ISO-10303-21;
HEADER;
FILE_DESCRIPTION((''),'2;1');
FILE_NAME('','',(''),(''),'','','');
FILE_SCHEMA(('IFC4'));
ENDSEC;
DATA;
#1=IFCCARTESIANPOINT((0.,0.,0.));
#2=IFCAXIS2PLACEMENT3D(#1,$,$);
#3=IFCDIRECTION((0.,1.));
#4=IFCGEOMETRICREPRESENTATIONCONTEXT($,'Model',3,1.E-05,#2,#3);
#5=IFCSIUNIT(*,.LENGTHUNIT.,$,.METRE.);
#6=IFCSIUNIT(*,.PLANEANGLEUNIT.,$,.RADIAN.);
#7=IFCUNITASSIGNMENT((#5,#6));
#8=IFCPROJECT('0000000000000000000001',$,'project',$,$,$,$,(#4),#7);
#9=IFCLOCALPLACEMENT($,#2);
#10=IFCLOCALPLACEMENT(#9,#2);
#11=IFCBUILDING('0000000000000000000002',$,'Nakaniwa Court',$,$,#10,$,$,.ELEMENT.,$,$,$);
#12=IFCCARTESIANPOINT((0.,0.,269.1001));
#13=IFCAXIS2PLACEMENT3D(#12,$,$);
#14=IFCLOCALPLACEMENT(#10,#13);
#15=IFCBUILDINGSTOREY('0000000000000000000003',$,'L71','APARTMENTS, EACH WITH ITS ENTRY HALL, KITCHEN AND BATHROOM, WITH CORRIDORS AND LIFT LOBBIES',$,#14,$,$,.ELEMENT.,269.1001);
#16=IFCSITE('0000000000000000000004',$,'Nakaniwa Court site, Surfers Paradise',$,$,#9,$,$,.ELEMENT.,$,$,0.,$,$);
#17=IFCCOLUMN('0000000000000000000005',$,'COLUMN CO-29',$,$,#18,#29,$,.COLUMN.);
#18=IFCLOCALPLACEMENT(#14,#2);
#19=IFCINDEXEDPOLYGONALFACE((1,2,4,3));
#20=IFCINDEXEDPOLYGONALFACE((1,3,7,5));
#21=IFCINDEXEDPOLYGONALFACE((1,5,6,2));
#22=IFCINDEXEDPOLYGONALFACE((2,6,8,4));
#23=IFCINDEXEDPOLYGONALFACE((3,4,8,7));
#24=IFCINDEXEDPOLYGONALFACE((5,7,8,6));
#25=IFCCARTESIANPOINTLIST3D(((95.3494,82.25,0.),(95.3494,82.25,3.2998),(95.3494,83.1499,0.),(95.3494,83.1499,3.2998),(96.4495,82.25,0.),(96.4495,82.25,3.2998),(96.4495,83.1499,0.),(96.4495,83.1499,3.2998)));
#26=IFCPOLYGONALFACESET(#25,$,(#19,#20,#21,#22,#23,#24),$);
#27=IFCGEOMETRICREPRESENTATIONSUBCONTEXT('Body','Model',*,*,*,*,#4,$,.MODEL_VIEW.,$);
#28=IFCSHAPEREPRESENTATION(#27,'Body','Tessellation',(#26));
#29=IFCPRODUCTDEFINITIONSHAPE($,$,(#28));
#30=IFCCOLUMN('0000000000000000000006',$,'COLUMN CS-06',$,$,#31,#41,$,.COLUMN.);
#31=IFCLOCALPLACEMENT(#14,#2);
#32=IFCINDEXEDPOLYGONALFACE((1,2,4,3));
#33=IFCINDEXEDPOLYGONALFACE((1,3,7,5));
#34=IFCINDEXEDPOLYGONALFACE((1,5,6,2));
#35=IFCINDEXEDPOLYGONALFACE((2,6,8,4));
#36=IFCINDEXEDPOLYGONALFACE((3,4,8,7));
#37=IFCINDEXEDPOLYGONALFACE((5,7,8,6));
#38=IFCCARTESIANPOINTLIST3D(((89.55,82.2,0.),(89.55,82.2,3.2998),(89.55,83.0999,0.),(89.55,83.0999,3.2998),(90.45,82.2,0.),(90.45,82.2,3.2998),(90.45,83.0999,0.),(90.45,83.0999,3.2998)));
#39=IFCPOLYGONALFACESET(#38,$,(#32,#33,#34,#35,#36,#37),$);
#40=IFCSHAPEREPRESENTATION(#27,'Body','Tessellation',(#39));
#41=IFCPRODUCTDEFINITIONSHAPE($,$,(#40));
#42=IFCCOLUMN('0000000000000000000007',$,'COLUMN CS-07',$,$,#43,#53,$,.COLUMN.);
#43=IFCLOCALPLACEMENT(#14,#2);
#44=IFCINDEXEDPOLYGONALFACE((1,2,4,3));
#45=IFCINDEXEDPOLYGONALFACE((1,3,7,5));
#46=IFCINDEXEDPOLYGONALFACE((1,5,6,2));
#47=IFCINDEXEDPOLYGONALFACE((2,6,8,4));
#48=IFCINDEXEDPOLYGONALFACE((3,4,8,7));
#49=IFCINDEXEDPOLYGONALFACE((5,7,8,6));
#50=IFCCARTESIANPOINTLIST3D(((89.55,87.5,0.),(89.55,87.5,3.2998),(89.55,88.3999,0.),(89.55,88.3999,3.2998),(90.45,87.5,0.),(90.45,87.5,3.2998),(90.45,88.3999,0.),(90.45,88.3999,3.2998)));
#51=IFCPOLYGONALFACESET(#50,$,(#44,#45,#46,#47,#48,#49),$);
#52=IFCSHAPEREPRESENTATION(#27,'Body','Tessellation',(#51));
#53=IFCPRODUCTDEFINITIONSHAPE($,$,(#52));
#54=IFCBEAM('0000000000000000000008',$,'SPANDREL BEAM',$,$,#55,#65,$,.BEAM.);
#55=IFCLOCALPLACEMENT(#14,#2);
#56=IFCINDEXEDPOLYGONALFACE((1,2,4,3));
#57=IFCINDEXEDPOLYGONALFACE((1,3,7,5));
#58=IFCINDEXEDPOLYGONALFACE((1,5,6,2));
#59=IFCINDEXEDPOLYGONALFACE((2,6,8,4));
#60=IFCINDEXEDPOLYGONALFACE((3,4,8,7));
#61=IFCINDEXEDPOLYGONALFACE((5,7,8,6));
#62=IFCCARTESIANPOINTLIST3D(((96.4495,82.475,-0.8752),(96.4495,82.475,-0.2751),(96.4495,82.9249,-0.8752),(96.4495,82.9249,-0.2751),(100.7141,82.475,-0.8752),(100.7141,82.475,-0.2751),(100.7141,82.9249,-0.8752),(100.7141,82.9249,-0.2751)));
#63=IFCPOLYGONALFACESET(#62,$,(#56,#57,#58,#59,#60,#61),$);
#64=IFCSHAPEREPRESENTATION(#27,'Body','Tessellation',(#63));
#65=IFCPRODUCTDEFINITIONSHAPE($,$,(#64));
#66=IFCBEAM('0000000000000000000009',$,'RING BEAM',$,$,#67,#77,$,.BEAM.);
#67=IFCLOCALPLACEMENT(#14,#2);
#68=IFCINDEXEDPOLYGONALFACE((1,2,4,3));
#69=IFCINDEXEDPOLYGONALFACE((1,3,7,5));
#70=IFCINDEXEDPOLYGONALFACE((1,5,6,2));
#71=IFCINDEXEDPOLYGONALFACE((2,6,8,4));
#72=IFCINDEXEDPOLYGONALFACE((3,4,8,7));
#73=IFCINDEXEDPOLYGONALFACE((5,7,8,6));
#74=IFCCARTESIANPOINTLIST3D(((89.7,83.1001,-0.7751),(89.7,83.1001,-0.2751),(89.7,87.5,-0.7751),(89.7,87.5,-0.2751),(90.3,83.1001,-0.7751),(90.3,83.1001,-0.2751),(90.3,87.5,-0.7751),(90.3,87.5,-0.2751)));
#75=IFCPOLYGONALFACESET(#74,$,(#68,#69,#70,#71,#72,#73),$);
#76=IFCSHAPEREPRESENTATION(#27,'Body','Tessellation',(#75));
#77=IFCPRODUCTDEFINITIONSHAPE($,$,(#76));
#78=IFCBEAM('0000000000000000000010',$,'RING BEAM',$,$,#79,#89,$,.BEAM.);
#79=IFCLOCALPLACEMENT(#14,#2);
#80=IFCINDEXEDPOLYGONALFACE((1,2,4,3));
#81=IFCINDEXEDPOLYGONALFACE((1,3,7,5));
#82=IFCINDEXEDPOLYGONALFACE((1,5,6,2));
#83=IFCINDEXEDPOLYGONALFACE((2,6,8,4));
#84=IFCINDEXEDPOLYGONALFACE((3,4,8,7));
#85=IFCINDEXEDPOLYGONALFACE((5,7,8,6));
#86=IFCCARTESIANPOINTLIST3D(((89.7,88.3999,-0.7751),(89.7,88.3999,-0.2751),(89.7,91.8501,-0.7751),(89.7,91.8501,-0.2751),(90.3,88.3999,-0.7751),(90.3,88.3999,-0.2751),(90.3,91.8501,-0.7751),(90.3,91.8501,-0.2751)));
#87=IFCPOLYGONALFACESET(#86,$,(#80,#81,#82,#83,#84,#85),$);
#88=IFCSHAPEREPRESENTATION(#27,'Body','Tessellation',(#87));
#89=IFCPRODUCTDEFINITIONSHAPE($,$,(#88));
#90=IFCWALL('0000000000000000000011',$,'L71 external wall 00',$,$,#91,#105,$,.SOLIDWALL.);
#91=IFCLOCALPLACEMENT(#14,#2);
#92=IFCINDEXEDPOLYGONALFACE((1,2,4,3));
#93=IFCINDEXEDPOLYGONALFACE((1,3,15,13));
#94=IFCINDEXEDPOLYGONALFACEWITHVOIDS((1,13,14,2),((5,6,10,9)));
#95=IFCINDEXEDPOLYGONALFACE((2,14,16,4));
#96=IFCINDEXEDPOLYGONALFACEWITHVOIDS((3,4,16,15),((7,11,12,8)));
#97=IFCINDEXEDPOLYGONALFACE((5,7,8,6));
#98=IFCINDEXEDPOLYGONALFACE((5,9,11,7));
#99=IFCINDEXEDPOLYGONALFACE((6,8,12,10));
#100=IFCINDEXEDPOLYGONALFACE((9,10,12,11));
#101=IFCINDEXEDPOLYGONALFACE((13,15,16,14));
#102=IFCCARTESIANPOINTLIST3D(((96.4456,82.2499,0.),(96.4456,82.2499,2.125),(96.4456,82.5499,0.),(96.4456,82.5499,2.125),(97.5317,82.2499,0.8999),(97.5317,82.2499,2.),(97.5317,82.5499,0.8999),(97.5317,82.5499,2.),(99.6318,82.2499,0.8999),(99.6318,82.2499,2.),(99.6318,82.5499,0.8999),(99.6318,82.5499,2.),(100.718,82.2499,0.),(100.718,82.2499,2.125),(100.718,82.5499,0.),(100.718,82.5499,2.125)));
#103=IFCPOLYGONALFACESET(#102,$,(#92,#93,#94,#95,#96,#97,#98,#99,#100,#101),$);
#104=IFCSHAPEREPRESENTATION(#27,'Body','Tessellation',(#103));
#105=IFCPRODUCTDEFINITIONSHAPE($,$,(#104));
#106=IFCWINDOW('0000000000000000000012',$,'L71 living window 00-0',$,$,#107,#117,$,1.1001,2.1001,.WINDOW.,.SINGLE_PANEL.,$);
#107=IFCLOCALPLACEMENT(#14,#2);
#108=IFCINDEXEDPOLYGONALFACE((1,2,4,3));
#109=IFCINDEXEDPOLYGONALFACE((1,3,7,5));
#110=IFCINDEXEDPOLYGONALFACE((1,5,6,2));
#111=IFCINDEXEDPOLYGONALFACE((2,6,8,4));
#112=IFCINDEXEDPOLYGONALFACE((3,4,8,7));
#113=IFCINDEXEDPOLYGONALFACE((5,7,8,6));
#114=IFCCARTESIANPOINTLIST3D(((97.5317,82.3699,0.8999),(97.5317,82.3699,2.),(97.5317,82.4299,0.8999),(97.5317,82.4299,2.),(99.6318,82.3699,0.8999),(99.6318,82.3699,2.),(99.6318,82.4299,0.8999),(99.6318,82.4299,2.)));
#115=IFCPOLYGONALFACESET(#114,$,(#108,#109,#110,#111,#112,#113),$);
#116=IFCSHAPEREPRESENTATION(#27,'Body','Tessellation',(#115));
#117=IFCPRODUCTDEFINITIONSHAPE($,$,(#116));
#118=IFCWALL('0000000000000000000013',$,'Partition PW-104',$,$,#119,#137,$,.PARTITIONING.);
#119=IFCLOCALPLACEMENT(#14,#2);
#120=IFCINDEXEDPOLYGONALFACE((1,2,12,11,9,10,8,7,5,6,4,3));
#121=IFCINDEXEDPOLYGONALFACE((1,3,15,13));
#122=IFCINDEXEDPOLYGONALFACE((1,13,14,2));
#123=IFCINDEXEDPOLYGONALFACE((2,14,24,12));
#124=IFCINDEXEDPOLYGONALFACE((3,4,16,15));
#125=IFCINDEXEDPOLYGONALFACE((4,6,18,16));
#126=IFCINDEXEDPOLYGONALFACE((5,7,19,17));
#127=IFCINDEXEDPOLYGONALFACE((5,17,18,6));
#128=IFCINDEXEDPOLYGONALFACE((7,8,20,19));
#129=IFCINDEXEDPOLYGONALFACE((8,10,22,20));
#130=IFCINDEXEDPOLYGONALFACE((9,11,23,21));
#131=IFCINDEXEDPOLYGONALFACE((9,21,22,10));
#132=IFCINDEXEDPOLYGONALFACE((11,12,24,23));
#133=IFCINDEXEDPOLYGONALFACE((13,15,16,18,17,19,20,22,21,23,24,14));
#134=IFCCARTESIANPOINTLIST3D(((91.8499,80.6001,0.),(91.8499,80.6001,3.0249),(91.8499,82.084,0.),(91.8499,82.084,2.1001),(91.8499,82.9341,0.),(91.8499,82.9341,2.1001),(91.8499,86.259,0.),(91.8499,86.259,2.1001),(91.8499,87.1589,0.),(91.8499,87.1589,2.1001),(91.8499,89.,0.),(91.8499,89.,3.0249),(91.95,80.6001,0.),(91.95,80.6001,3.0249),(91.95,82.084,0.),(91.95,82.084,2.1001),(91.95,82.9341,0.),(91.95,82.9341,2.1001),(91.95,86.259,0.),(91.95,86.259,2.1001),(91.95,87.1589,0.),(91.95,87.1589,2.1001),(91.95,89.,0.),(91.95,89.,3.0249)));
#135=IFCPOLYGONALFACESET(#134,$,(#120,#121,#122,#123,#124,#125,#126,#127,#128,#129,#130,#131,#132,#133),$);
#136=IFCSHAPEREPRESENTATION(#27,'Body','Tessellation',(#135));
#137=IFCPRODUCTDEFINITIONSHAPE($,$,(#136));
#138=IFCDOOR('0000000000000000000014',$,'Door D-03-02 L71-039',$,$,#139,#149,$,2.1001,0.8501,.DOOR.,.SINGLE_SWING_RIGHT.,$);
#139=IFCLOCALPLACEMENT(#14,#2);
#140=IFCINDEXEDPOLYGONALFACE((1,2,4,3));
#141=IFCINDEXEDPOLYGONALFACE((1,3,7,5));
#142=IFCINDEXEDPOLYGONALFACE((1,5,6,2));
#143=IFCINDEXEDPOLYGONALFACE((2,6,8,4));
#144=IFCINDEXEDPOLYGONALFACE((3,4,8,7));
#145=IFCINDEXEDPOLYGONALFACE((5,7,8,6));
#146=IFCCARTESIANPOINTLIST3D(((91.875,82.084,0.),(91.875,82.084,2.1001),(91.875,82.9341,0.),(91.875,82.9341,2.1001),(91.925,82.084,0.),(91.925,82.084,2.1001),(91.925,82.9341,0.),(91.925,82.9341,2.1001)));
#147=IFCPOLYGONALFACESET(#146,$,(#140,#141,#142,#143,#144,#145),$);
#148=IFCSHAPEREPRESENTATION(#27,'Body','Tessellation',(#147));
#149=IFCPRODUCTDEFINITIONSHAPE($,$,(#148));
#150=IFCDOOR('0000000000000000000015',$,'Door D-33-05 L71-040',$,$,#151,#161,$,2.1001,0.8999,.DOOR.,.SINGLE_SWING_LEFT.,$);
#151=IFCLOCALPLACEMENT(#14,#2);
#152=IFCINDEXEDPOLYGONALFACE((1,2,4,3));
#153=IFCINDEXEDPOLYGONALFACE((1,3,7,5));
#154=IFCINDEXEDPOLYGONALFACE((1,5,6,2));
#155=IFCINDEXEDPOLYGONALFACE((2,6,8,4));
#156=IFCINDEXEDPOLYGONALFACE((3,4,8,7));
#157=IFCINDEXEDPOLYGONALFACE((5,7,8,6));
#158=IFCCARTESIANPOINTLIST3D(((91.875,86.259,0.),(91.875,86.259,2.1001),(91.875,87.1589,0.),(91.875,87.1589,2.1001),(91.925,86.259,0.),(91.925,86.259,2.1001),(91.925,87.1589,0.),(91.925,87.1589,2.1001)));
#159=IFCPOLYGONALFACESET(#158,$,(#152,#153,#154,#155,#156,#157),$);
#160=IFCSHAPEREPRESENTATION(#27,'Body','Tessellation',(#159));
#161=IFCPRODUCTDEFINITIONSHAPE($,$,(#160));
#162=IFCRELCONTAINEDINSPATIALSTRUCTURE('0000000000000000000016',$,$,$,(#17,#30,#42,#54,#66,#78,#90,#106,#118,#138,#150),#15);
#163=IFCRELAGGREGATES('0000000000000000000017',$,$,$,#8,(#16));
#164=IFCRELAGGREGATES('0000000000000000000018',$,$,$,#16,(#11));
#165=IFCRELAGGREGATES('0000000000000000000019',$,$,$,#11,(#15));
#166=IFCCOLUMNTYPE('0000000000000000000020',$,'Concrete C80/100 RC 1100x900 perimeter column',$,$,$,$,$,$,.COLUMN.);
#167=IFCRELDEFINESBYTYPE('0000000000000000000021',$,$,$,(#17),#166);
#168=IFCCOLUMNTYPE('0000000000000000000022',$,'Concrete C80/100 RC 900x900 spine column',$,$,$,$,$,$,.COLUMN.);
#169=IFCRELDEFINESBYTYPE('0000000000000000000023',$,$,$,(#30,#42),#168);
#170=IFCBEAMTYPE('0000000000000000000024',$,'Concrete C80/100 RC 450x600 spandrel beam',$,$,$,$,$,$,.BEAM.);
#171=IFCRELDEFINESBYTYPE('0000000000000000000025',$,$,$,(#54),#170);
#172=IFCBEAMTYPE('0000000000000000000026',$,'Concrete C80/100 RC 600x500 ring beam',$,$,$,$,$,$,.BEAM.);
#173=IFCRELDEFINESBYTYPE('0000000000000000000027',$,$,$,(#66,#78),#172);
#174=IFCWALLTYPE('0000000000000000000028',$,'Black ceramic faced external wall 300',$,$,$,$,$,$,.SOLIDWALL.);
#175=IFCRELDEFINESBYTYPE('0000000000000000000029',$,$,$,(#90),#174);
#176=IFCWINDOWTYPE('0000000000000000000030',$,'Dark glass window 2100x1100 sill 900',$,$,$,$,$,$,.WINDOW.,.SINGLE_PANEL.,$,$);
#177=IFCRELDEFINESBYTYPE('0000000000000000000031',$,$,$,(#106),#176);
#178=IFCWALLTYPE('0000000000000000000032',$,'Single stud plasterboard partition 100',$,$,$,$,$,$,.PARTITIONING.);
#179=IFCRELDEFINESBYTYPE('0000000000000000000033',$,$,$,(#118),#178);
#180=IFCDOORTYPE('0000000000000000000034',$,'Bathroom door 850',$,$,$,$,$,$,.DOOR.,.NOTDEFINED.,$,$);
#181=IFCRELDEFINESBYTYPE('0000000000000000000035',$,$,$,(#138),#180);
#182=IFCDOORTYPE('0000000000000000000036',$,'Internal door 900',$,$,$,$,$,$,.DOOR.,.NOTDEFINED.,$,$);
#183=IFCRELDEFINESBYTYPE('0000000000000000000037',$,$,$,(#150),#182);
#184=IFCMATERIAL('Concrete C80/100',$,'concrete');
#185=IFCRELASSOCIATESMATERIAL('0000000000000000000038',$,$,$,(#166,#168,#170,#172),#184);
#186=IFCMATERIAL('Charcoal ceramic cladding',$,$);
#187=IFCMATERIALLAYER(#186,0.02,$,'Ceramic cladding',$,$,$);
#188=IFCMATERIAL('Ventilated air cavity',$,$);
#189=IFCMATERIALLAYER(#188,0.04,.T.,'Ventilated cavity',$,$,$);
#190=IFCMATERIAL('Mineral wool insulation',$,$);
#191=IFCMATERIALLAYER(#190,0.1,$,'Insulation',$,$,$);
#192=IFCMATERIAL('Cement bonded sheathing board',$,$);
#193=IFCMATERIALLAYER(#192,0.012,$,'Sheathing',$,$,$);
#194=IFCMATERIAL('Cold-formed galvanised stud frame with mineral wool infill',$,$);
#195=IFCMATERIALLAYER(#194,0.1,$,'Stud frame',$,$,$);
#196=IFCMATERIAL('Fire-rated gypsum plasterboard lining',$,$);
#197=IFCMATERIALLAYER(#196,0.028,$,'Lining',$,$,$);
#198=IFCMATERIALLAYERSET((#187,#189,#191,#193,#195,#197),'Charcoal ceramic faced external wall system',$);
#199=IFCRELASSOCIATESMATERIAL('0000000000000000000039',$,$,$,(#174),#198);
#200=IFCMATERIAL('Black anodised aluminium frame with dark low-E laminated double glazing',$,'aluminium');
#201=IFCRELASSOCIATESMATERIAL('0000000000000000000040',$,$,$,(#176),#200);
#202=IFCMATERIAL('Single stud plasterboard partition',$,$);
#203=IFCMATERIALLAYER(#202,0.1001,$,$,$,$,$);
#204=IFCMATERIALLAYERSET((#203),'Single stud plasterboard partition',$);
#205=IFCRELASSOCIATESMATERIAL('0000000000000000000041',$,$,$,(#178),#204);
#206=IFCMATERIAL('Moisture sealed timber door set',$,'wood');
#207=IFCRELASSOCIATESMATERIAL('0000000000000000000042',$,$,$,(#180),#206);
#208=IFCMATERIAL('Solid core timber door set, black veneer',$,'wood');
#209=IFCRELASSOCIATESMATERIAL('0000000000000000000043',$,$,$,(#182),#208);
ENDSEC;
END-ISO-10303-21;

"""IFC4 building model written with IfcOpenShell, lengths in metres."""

from ifc_helpers import new_model, si_unit, direction, frame, frame_2d, origin, origin_2d, place, context, subcontext, project, spatial, rectangle, extrude, material, layer, layer_set, material_profile, profile_set, type_object, element, fill, save


model = new_model("IFC4")

# Units and contexts
model_context = context("Model", 3, precision=1e-05, world=origin(), true_north=direction((0.0, 1.0)))
body_context = subcontext(model_context, "Body", "Model", "MODEL_VIEW")
ifc_project = project(units=[si_unit("LENGTHUNIT", "METRE"), si_unit("PLANEANGLEUNIT", "RADIAN")], contexts=[model_context])

# Site, building, storey
site_placement = place(None, origin())
site = spatial("IfcSite", under=ifc_project, at=site_placement, Name="Nakaniwa Court site, Surfers Paradise", CompositionType="ELEMENT", RefElevation=0.0)
building_placement = place(site_placement, origin())
building = spatial("IfcBuilding", under=site, at=building_placement, Name="Nakaniwa Court", CompositionType="ELEMENT")
storey_placement = place(building_placement, frame((0.0, 0.0, 269.1001)))
storey = spatial("IfcBuildingStorey", under=building, at=storey_placement, Name="L71", Description="APARTMENTS, EACH WITH ITS ENTRY HALL, KITCHEN AND BATHROOM, WITH CORRIDORS AND LIFT LOBBIES", CompositionType="ELEMENT", Elevation=269.1001)

# Columns
ifc_material_1 = material(Name="Concrete C80/100", Category="concrete")
ifc_material_profile_1 = material_profile(ifc_material_1, rectangle(XDim=1.1001, YDim=0.8999, at=origin_2d()), Name="Concrete C80/100 RC 1100x900 perimeter column")
ifc_profile_set_1 = profile_set([ifc_material_profile_1], Name="Concrete C80/100")
column_type_1 = type_object("IfcColumnType", Name="Concrete C80/100 RC 1100x900 perimeter column", PredefinedType="COLUMN", material=ifc_profile_set_1)
column_placement = place(storey_placement, frame((95.8994, 82.7, 0.0), z_axis=(0.0, 0.0, 1.0), x_axis=(1.0, 0.0, 0.0)))
element("IfcColumn", 1, at=column_placement, inside=storey, type_object=column_type_1, Name="COLUMN CO-29", PredefinedType="COLUMN", context=body_context, shape_type="SweptSolid", body=[
    extrude(rectangle(XDim=1.1001, YDim=0.8999, at=origin_2d()), origin(), (0.0, 0.0, 1.0), 3.2998),
])
ifc_material_profile_2 = material_profile(ifc_material_1, rectangle(XDim=0.8999, YDim=0.8999, at=origin_2d()), Name="Concrete C80/100 RC 900x900 spine column")
ifc_profile_set_2 = profile_set([ifc_material_profile_2], Name="Concrete C80/100")
column_type_2 = type_object("IfcColumnType", Name="Concrete C80/100 RC 900x900 spine column", PredefinedType="COLUMN", material=ifc_profile_set_2)
for number, where, z_axis, x_axis, name in (
    (2, (90.0, 82.6499, 0.0), (0.0, 0.0, 1.0), (0.0, 1.0, 0.0), "COLUMN CS-06"),
    (3, (90.0, 87.95, 0.0), (0.0, 0.0, 1.0), (0.0, 1.0, 0.0), "COLUMN CS-07"),
):
    element("IfcColumn", number, at=place(storey_placement, frame(where, z_axis=z_axis, x_axis=x_axis)), inside=storey, type_object=column_type_2, Name=name, PredefinedType="COLUMN", context=body_context, shape_type="SweptSolid", body=[
        extrude(rectangle(XDim=0.8999, YDim=0.8999, at=origin_2d()), origin(), (0.0, 0.0, 1.0), 3.2998),
    ])

# Beams
ifc_material_profile_3 = material_profile(ifc_material_1, rectangle(XDim=0.45, YDim=0.6001, at=origin_2d()), Name="Concrete C80/100 RC 450x600 spandrel beam")
ifc_profile_set_3 = profile_set([ifc_material_profile_3], Name="Concrete C80/100")
beam_type_1 = type_object("IfcBeamType", Name="Concrete C80/100 RC 450x600 spandrel beam", PredefinedType="BEAM", material=ifc_profile_set_3)
beam_1_placement = place(storey_placement, frame((96.4495, 82.7, -0.5752), z_axis=(1.0, 0.0, 0.0), x_axis=(0.0, 1.0, 0.0)))
element("IfcBeam", 4, at=beam_1_placement, inside=storey, type_object=beam_type_1, Name="SPANDREL BEAM", PredefinedType="BEAM", context=body_context, shape_type="SweptSolid", body=[
    extrude(rectangle(XDim=0.45, YDim=0.6001, at=origin_2d()), origin(), (0.0, 0.0, 1.0), 4.2646),
])
ifc_material_profile_4 = material_profile(ifc_material_1, rectangle(XDim=0.6001, YDim=0.5, at=origin_2d()), Name="Concrete C80/100 RC 600x500 ring beam")
ifc_profile_set_4 = profile_set([ifc_material_profile_4], Name="Concrete C80/100")
beam_type_2 = type_object("IfcBeamType", Name="Concrete C80/100 RC 600x500 ring beam", PredefinedType="BEAM", material=ifc_profile_set_4)
beam_2_placement = place(storey_placement, frame((90.0, 83.1001, -0.5251), z_axis=(0.0, 1.0, 0.0), x_axis=(-1.0, 0.0, 0.0)))
element("IfcBeam", 5, at=beam_2_placement, inside=storey, type_object=beam_type_2, Name="RING BEAM", PredefinedType="BEAM", context=body_context, shape_type="SweptSolid", body=[
    extrude(rectangle(XDim=0.6001, YDim=0.5, at=origin_2d()), origin(), (0.0, 0.0, 1.0), 4.3999),
])
beam_3_placement = place(storey_placement, frame((90.0, 88.3999, -0.5251), z_axis=(0.0, 1.0, 0.0), x_axis=(-1.0, 0.0, 0.0)))
element("IfcBeam", 6, at=beam_3_placement, inside=storey, type_object=beam_type_2, Name="RING BEAM", PredefinedType="BEAM", context=body_context, shape_type="SweptSolid", body=[
    extrude(rectangle(XDim=0.6001, YDim=0.5, at=origin_2d()), origin(), (0.0, 0.0, 1.0), 3.4502),
])

# Wall, opening, window
ifc_material_2 = material(Name="Charcoal ceramic cladding")
ifc_layer_1 = layer(ifc_material_2, 0.02, Name="Ceramic cladding")
ifc_material_3 = material(Name="Ventilated air cavity")
ifc_layer_2 = layer(ifc_material_3, 0.04, ventilated=True, Name="Ventilated cavity")
ifc_material_4 = material(Name="Mineral wool insulation")
ifc_layer_3 = layer(ifc_material_4, 0.1, Name="Insulation")
ifc_material_5 = material(Name="Cement bonded sheathing board")
ifc_layer_4 = layer(ifc_material_5, 0.012, Name="Sheathing")
ifc_material_6 = material(Name="Cold-formed galvanised stud frame with mineral wool infill")
ifc_layer_5 = layer(ifc_material_6, 0.1, Name="Stud frame")
ifc_material_7 = material(Name="Fire-rated gypsum plasterboard lining")
ifc_layer_6 = layer(ifc_material_7, 0.028, Name="Lining")
ifc_layer_set_1 = layer_set([ifc_layer_1, ifc_layer_2, ifc_layer_3, ifc_layer_4, ifc_layer_5, ifc_layer_6], Name="Charcoal ceramic faced external wall system")
wall_type_1 = type_object("IfcWallType", Name="Black ceramic faced external wall 300", PredefinedType="SOLIDWALL", material=ifc_layer_set_1)
wall_1_placement = place(storey_placement, frame((96.4456, 82.3999, 0.0), z_axis=(0.0, 0.0, 1.0), x_axis=(1.0, 0.0, 0.0)))
wall_1 = element("IfcWall", 7, at=wall_1_placement, inside=storey, type_object=wall_type_1, Name="L71 external wall 00", PredefinedType="SOLIDWALL", context=body_context, shape_type="SweptSolid", body=[
    extrude(rectangle(XDim=4.2725, YDim=0.3, at=frame_2d((2.1362, 0.0))), origin(), (0.0, 0.0, 1.0), 2.125),
])
opening_1_placement = place(wall_1_placement, frame((1.0862, 0.0, 0.8999)))
opening_1 = element("IfcOpeningElement", 8, at=opening_1_placement, cuts=wall_1, PredefinedType="OPENING", context=body_context, shape_type="SweptSolid", body=[
    extrude(rectangle(XDim=2.1001, YDim=1.1001, at=frame_2d((1.05, 0.55))), frame((0.0, 0.1599, 0.0), z_axis=(0.0, -1.0, 0.0), x_axis=(1.0, 0.0, 0.0)), (0.0, 0.0, 1.0), 0.3201),
])
ifc_material_8 = material(Name="Black anodised aluminium frame with dark low-E laminated double glazing", Category="aluminium")
window_type = type_object("IfcWindowType", Name="Dark glass window 2100x1100 sill 900", PartitioningType="SINGLE_PANEL", PredefinedType="WINDOW", material=ifc_material_8)
window_placement = place(opening_1_placement, origin())
window = element("IfcWindow", 9, at=window_placement, inside=storey, type_object=window_type, Name="L71 living window 00-0", OverallHeight=1.1001, OverallWidth=2.1001, PartitioningType="SINGLE_PANEL", PredefinedType="WINDOW", context=body_context, shape_type="SweptSolid", body=[
    extrude(rectangle(XDim=2.1001, YDim=1.1001, at=frame_2d((1.05, 0.55))), frame((0.0, 0.03, 0.0), z_axis=(0.0, -1.0, 0.0), x_axis=(1.0, 0.0, 0.0)), (0.0, 0.0, 1.0), 0.0601),
])
fill(opening_1, window)

# Wall, openings, doors
ifc_material_9 = material(Name="Single stud plasterboard partition")
ifc_layer_7 = layer(ifc_material_9, 0.1001)
ifc_layer_set_2 = layer_set([ifc_layer_7], Name="Single stud plasterboard partition")
wall_type_2 = type_object("IfcWallType", Name="Single stud plasterboard partition 100", PredefinedType="PARTITIONING", material=ifc_layer_set_2)
wall_2_placement = place(storey_placement, frame((91.8999, 80.6001, 0.0), z_axis=(0.0, 0.0, 1.0), x_axis=(0.0, 1.0, 0.0)))
wall_2 = element("IfcWall", 10, at=wall_2_placement, inside=storey, type_object=wall_type_2, Name="Partition PW-104", PredefinedType="PARTITIONING", context=body_context, shape_type="SweptSolid", body=[
    extrude(rectangle(XDim=8.3999, YDim=0.1001, at=frame_2d((4.2, 0.0))), origin(), (0.0, 0.0, 1.0), 3.0249),
])
opening_2_placement = place(wall_2_placement, frame((1.4839, 0.0, 0.0)))
opening_2 = element("IfcOpeningElement", 11, at=opening_2_placement, cuts=wall_2, PredefinedType="OPENING", context=body_context, shape_type="SweptSolid", body=[
    extrude(rectangle(XDim=0.8501, YDim=2.1001, at=frame_2d((0.425, 1.05))), frame((0.0, 0.0601, 0.0), z_axis=(0.0, -1.0, 0.0), x_axis=(1.0, 0.0, 0.0)), (0.0, 0.0, 1.0), 0.1201),
])
opening_3_placement = place(wall_2_placement, frame((5.6589, 0.0, 0.0)))
opening_3 = element("IfcOpeningElement", 12, at=opening_3_placement, cuts=wall_2, PredefinedType="OPENING", context=body_context, shape_type="SweptSolid", body=[
    extrude(rectangle(XDim=0.8999, YDim=2.1001, at=frame_2d((0.45, 1.05))), frame((0.0, 0.0601, 0.0), z_axis=(0.0, -1.0, 0.0), x_axis=(1.0, 0.0, 0.0)), (0.0, 0.0, 1.0), 0.1201),
])
ifc_material_10 = material(Name="Moisture sealed timber door set", Category="wood")
door_type_1 = type_object("IfcDoorType", Name="Bathroom door 850", OperationType="NOTDEFINED", PredefinedType="DOOR", material=ifc_material_10)
door_1_placement = place(opening_2_placement, origin())
door_1 = element("IfcDoor", 13, at=door_1_placement, inside=storey, type_object=door_type_1, Name="Door D-03-02 L71-039", OperationType="SINGLE_SWING_RIGHT", OverallHeight=2.1001, OverallWidth=0.8501, PredefinedType="DOOR", context=body_context, shape_type="SweptSolid", body=[
    extrude(rectangle(XDim=0.8501, YDim=2.1001, at=frame_2d((0.425, 1.05))), frame((0.0, 0.0249, 0.0), z_axis=(0.0, -1.0, 0.0), x_axis=(1.0, 0.0, 0.0)), (0.0, 0.0, 1.0), 0.05),
])
fill(opening_2, door_1)
ifc_material_11 = material(Name="Solid core timber door set, black veneer", Category="wood")
door_type_2 = type_object("IfcDoorType", Name="Internal door 900", OperationType="NOTDEFINED", PredefinedType="DOOR", material=ifc_material_11)
door_2_placement = place(opening_3_placement, origin())
door_2 = element("IfcDoor", 14, at=door_2_placement, inside=storey, type_object=door_type_2, Name="Door D-33-05 L71-040", OperationType="SINGLE_SWING_LEFT", OverallHeight=2.1001, OverallWidth=0.8999, PredefinedType="DOOR", context=body_context, shape_type="SweptSolid", body=[
    extrude(rectangle(XDim=0.8999, YDim=2.1001, at=frame_2d((0.45, 1.05))), frame((0.0, 0.0249, 0.0), z_axis=(0.0, -1.0, 0.0), x_axis=(1.0, 0.0, 0.0)), (0.0, 0.0, 1.0), 0.05),
])
fill(opening_3, door_2)

save(model, "model.ifc")
